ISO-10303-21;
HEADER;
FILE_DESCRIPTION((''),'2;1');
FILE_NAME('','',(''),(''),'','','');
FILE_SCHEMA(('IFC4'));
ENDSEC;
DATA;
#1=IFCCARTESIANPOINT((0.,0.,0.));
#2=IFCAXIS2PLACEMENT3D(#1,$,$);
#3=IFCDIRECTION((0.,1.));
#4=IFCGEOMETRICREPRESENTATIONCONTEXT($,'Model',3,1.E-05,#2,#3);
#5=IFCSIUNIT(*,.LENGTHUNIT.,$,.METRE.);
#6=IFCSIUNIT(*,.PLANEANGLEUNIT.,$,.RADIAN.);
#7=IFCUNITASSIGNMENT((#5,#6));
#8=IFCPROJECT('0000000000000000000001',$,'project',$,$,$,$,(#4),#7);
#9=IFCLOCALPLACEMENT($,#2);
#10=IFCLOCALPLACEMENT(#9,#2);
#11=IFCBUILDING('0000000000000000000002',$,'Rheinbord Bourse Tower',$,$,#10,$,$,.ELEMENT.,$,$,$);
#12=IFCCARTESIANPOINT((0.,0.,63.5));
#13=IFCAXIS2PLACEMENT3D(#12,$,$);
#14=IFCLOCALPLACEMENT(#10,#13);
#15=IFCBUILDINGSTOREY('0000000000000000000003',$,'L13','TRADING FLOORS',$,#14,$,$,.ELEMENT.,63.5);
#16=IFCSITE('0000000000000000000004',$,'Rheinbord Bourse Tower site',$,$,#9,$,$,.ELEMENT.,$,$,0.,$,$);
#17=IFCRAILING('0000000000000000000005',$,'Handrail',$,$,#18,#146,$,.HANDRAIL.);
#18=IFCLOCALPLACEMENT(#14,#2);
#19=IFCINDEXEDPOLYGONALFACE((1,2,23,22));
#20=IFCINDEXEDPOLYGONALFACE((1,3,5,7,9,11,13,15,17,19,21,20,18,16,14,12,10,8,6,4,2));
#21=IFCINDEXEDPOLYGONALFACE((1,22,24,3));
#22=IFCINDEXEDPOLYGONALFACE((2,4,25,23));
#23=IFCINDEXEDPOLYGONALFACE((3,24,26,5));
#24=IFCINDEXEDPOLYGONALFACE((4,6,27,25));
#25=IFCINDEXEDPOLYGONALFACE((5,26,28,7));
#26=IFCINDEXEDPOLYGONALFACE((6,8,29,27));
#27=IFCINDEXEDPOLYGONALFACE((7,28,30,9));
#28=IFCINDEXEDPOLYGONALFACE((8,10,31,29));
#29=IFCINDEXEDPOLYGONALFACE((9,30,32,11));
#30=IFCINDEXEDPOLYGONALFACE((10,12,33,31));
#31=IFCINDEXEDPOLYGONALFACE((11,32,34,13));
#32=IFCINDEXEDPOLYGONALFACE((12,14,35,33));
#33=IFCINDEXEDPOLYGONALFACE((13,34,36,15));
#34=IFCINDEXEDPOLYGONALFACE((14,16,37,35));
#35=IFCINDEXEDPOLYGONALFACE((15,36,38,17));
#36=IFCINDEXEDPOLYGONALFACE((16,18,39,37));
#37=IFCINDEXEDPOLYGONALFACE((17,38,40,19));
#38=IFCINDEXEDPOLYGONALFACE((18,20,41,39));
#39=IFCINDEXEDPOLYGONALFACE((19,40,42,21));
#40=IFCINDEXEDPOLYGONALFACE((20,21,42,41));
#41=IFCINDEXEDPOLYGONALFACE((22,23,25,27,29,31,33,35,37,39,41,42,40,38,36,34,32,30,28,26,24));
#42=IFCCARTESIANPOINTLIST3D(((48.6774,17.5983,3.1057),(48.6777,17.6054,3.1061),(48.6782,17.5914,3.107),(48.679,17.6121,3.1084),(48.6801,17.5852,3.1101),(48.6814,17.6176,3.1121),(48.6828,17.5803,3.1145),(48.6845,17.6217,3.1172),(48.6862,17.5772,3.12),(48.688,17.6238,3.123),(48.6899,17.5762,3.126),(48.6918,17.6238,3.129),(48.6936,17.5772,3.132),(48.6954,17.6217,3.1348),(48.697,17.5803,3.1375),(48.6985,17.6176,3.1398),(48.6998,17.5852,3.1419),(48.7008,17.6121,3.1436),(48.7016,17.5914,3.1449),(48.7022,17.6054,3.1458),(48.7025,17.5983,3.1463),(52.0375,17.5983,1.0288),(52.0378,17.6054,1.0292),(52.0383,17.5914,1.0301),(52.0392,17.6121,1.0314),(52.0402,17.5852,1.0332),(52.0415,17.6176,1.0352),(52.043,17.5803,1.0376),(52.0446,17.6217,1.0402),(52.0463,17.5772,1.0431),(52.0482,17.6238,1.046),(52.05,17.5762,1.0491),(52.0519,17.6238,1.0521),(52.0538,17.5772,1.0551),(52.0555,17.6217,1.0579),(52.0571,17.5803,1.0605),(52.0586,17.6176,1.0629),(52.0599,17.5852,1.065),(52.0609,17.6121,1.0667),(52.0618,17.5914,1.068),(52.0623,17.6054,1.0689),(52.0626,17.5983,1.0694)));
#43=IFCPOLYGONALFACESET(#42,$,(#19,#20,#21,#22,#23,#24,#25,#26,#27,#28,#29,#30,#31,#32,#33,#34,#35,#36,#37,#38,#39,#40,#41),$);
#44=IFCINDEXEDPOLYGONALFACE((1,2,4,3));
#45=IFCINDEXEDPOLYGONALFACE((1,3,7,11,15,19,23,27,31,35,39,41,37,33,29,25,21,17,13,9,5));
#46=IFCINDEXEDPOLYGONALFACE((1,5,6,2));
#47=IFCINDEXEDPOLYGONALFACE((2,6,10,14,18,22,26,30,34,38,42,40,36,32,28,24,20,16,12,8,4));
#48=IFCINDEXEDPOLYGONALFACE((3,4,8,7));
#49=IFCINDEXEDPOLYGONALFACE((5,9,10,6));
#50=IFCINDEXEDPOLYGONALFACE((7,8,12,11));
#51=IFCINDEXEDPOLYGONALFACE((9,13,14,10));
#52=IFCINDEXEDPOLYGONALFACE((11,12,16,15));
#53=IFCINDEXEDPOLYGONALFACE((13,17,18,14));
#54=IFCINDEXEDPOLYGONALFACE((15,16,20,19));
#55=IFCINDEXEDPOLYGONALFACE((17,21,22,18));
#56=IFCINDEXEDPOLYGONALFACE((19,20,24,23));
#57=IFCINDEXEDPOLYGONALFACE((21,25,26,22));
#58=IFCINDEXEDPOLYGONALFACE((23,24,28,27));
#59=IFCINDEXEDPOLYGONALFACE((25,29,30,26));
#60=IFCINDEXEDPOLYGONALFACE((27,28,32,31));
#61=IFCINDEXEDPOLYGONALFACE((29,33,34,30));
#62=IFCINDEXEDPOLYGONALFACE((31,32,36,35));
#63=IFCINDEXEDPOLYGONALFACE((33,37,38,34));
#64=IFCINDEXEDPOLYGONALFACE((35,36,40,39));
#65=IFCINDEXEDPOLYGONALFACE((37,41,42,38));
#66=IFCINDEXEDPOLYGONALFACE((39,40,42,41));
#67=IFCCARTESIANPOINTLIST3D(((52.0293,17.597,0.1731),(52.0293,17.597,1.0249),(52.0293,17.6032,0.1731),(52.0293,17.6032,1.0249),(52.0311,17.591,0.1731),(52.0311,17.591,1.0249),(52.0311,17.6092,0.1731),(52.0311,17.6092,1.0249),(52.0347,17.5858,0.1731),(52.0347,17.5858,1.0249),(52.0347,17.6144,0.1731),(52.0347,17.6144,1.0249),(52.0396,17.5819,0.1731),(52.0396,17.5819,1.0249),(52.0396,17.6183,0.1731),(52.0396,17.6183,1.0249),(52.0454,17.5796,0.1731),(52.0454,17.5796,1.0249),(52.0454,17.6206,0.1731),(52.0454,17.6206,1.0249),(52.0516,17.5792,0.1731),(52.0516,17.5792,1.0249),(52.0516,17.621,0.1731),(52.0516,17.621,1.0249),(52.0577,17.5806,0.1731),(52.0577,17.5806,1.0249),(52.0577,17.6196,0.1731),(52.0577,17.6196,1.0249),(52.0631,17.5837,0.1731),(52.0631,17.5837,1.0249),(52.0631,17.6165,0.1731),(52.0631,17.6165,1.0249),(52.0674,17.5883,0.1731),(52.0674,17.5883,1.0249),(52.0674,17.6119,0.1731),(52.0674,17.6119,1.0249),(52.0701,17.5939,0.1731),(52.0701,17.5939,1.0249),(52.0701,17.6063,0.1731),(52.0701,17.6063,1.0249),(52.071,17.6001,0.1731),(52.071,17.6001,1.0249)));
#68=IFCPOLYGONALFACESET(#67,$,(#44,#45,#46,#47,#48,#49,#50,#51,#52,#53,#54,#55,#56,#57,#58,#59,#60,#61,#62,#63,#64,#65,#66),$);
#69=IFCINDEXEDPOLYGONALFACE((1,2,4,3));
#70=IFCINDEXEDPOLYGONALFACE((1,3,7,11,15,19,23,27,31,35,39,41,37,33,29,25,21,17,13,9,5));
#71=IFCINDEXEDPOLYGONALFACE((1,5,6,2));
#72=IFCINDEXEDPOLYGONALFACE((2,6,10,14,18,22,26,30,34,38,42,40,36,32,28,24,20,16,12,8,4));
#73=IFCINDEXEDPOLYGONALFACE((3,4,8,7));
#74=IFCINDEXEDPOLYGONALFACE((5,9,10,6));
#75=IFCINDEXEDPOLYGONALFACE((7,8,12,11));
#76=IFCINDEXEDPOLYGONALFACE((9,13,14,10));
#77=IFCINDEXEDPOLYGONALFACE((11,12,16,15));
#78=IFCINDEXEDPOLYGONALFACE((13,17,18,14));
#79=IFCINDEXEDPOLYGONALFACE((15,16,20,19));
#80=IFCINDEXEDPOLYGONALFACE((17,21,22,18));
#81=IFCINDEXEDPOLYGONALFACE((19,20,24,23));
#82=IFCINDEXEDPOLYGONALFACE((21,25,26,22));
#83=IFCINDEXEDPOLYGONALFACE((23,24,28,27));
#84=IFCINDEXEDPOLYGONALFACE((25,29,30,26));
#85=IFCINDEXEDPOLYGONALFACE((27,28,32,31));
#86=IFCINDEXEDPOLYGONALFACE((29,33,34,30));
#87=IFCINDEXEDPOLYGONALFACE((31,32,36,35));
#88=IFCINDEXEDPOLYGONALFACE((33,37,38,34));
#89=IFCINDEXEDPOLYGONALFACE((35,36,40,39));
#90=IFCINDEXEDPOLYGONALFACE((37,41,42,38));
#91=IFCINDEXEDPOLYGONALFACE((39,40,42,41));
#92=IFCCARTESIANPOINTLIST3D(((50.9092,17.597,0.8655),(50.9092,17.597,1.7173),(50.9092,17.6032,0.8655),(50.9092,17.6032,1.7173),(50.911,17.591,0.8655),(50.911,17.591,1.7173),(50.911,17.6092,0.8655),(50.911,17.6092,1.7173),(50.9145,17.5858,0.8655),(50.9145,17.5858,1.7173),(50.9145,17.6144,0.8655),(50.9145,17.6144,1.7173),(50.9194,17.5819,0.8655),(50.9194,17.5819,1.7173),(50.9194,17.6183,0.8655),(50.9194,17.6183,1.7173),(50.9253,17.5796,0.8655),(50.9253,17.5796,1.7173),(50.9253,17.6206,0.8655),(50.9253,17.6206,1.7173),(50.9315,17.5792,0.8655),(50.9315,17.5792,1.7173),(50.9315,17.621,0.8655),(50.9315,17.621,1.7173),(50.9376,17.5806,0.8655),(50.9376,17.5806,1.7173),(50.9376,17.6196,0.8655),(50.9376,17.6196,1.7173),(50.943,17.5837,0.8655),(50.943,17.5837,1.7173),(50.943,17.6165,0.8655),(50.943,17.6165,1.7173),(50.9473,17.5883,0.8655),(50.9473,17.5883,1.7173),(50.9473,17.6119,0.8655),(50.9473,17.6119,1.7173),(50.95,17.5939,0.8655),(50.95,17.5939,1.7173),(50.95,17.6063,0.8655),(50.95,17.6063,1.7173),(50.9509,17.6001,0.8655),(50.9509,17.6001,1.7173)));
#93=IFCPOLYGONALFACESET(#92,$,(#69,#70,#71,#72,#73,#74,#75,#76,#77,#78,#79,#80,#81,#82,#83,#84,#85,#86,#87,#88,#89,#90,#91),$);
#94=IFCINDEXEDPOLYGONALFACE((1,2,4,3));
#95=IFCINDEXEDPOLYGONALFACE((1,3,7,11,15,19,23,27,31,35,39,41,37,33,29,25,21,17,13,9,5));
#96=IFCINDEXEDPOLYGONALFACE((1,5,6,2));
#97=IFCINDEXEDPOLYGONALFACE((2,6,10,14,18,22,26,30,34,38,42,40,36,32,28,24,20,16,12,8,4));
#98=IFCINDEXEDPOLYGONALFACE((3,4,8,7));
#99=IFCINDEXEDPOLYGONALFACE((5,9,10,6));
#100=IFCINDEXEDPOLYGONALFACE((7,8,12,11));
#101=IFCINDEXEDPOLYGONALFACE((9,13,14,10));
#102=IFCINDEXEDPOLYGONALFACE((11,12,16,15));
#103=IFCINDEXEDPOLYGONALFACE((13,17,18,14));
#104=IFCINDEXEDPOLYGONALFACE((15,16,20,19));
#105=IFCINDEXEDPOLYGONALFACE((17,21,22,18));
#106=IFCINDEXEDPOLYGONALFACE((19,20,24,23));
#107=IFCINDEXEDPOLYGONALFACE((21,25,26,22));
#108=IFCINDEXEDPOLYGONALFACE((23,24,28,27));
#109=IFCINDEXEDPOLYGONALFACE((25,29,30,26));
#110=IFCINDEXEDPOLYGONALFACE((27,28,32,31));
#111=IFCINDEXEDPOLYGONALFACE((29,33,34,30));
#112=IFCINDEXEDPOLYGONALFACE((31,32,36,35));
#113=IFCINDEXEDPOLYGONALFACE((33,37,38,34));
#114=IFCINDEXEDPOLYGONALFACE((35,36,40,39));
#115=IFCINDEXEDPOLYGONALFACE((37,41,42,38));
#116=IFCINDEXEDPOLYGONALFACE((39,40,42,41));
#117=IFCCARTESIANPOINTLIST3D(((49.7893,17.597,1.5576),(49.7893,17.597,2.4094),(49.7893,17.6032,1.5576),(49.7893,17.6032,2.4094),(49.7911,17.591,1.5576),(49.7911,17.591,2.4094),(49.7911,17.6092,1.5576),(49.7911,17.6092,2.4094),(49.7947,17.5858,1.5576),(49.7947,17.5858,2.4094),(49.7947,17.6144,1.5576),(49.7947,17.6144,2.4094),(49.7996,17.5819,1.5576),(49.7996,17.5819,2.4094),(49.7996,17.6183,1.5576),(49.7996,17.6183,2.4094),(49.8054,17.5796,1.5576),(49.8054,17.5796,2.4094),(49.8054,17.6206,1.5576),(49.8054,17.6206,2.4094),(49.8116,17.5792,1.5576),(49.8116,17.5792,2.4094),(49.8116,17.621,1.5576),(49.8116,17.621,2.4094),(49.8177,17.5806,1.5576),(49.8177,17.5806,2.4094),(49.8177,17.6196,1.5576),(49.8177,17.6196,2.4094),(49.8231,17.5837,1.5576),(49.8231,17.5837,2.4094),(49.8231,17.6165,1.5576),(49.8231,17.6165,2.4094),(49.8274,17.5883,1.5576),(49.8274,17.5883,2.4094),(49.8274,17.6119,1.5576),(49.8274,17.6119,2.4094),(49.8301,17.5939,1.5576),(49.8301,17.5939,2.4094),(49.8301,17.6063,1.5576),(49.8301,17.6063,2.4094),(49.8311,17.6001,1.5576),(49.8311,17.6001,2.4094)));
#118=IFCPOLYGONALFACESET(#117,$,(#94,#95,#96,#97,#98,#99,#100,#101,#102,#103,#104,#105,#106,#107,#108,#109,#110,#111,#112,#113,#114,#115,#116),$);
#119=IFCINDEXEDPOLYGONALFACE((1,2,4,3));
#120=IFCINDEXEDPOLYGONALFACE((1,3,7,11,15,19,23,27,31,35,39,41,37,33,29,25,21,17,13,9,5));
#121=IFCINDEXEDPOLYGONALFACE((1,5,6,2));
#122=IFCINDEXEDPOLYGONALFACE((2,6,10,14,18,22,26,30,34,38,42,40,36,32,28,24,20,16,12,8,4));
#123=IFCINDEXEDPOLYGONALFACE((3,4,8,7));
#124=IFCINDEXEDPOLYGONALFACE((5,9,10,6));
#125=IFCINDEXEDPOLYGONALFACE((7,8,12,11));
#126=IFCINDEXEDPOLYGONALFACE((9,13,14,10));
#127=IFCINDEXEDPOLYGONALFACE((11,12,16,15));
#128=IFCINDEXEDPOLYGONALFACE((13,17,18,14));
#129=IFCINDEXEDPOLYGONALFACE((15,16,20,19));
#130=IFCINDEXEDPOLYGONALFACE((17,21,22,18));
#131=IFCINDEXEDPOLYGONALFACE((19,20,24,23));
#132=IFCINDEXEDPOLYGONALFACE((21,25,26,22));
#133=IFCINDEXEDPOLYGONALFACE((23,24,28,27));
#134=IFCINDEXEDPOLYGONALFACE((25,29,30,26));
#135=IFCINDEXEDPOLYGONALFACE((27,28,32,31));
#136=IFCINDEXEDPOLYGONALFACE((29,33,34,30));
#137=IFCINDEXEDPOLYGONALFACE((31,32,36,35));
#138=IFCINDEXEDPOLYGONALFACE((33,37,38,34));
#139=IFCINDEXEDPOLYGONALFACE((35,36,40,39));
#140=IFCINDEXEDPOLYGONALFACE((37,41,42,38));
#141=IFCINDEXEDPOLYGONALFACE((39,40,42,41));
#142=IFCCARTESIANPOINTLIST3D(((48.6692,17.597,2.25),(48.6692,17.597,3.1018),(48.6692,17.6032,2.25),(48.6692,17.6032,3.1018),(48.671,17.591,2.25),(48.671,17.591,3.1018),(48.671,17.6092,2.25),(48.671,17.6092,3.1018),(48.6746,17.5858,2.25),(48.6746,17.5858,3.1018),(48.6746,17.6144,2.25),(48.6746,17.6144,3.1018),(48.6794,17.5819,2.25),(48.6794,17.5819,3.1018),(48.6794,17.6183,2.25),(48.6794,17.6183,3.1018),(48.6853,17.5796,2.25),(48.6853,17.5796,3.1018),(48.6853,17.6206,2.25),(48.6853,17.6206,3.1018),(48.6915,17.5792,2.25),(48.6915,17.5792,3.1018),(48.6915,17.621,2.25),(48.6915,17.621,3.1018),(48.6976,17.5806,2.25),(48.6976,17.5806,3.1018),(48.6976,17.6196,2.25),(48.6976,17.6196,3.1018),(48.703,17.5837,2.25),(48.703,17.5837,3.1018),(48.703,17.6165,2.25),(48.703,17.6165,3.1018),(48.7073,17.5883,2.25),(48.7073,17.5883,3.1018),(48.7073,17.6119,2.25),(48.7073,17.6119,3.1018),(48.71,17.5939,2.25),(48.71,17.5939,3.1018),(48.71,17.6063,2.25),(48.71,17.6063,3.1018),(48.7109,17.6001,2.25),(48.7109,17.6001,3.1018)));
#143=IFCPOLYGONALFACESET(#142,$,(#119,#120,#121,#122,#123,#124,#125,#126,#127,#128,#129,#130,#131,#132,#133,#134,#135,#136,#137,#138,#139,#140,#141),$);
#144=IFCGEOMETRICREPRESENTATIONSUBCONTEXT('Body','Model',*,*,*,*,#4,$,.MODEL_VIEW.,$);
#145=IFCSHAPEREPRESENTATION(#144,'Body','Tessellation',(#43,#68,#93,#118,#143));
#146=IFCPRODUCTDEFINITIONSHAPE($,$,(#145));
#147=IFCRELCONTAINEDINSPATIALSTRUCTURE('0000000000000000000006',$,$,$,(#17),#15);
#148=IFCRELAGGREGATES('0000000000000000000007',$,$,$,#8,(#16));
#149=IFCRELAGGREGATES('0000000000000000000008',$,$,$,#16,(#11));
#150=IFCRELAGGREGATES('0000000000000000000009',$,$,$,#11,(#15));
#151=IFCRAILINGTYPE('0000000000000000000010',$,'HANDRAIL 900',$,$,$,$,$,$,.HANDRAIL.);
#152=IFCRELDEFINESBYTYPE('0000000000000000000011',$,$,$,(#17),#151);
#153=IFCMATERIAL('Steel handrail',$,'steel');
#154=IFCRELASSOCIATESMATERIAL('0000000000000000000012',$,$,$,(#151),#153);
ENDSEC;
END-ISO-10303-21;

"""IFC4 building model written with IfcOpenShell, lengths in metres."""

from ifc_helpers import new_model, si_unit, direction, frame, origin, origin_2d, place, context, subcontext, project, spatial, circle, extrude, material, type_object, element, save


model = new_model("IFC4")

# Units and contexts
model_context = context("Model", 3, precision=1e-05, world=origin(), true_north=direction((0.0, 1.0)))
body_context = subcontext(model_context, "Body", "Model", "MODEL_VIEW")
ifc_project = project(units=[si_unit("LENGTHUNIT", "METRE"), si_unit("PLANEANGLEUNIT", "RADIAN")], contexts=[model_context])

# Site, building, storey
site_placement = place(None, origin())
site = spatial("IfcSite", under=ifc_project, at=site_placement, Name="Rheinbord Bourse Tower site", CompositionType="ELEMENT", RefElevation=0.0)
building_placement = place(site_placement, origin())
building = spatial("IfcBuilding", under=site, at=building_placement, Name="Rheinbord Bourse Tower", CompositionType="ELEMENT")
storey_placement = place(building_placement, frame((0.0, 0.0, 63.5)))
storey = spatial("IfcBuildingStorey", under=building, at=storey_placement, Name="L13", Description="TRADING FLOORS", CompositionType="ELEMENT", Elevation=63.5)

# Railing
ifc_material_1 = material(Name="Steel handrail", Category="steel")
railing_type = type_object("IfcRailingType", Name="HANDRAIL 900", PredefinedType="HANDRAIL", material=ifc_material_1)
railing_1_placement = place(storey_placement, frame((52.05, 17.6001, 0.1731)))
element("IfcRailing", 1, at=railing_1_placement, inside=storey, type_object=railing_type, Name="Handrail", PredefinedType="HANDRAIL", context=body_context, shape_type="SweptSolid", body=[
    extrude(circle(Radius=0.0239, at=origin_2d()), frame((0.0, 0.0, 0.876), z_axis=(-0.850623, 0.0, 0.525776), x_axis=(0.0, -1.0, 0.0)), (0.0, 0.0, 1.0), 3.9502),
    extrude(circle(Radius=0.021, at=origin_2d()), origin(), (0.0, 0.0, 1.0), 0.8518),
    extrude(circle(Radius=0.021, at=origin_2d()), frame((-1.1201, 0.0, 0.6924)), (0.0, 0.0, 1.0), 0.8518),
    extrude(circle(Radius=0.021, at=origin_2d()), frame((-2.24, 0.0, 1.3845)), (0.0, 0.0, 1.0), 0.8518),
    extrude(circle(Radius=0.021, at=origin_2d()), frame((-3.3601, 0.0, 2.0769)), (0.0, 0.0, 1.0), 0.8518),
])

save(model, "model.ifc")
